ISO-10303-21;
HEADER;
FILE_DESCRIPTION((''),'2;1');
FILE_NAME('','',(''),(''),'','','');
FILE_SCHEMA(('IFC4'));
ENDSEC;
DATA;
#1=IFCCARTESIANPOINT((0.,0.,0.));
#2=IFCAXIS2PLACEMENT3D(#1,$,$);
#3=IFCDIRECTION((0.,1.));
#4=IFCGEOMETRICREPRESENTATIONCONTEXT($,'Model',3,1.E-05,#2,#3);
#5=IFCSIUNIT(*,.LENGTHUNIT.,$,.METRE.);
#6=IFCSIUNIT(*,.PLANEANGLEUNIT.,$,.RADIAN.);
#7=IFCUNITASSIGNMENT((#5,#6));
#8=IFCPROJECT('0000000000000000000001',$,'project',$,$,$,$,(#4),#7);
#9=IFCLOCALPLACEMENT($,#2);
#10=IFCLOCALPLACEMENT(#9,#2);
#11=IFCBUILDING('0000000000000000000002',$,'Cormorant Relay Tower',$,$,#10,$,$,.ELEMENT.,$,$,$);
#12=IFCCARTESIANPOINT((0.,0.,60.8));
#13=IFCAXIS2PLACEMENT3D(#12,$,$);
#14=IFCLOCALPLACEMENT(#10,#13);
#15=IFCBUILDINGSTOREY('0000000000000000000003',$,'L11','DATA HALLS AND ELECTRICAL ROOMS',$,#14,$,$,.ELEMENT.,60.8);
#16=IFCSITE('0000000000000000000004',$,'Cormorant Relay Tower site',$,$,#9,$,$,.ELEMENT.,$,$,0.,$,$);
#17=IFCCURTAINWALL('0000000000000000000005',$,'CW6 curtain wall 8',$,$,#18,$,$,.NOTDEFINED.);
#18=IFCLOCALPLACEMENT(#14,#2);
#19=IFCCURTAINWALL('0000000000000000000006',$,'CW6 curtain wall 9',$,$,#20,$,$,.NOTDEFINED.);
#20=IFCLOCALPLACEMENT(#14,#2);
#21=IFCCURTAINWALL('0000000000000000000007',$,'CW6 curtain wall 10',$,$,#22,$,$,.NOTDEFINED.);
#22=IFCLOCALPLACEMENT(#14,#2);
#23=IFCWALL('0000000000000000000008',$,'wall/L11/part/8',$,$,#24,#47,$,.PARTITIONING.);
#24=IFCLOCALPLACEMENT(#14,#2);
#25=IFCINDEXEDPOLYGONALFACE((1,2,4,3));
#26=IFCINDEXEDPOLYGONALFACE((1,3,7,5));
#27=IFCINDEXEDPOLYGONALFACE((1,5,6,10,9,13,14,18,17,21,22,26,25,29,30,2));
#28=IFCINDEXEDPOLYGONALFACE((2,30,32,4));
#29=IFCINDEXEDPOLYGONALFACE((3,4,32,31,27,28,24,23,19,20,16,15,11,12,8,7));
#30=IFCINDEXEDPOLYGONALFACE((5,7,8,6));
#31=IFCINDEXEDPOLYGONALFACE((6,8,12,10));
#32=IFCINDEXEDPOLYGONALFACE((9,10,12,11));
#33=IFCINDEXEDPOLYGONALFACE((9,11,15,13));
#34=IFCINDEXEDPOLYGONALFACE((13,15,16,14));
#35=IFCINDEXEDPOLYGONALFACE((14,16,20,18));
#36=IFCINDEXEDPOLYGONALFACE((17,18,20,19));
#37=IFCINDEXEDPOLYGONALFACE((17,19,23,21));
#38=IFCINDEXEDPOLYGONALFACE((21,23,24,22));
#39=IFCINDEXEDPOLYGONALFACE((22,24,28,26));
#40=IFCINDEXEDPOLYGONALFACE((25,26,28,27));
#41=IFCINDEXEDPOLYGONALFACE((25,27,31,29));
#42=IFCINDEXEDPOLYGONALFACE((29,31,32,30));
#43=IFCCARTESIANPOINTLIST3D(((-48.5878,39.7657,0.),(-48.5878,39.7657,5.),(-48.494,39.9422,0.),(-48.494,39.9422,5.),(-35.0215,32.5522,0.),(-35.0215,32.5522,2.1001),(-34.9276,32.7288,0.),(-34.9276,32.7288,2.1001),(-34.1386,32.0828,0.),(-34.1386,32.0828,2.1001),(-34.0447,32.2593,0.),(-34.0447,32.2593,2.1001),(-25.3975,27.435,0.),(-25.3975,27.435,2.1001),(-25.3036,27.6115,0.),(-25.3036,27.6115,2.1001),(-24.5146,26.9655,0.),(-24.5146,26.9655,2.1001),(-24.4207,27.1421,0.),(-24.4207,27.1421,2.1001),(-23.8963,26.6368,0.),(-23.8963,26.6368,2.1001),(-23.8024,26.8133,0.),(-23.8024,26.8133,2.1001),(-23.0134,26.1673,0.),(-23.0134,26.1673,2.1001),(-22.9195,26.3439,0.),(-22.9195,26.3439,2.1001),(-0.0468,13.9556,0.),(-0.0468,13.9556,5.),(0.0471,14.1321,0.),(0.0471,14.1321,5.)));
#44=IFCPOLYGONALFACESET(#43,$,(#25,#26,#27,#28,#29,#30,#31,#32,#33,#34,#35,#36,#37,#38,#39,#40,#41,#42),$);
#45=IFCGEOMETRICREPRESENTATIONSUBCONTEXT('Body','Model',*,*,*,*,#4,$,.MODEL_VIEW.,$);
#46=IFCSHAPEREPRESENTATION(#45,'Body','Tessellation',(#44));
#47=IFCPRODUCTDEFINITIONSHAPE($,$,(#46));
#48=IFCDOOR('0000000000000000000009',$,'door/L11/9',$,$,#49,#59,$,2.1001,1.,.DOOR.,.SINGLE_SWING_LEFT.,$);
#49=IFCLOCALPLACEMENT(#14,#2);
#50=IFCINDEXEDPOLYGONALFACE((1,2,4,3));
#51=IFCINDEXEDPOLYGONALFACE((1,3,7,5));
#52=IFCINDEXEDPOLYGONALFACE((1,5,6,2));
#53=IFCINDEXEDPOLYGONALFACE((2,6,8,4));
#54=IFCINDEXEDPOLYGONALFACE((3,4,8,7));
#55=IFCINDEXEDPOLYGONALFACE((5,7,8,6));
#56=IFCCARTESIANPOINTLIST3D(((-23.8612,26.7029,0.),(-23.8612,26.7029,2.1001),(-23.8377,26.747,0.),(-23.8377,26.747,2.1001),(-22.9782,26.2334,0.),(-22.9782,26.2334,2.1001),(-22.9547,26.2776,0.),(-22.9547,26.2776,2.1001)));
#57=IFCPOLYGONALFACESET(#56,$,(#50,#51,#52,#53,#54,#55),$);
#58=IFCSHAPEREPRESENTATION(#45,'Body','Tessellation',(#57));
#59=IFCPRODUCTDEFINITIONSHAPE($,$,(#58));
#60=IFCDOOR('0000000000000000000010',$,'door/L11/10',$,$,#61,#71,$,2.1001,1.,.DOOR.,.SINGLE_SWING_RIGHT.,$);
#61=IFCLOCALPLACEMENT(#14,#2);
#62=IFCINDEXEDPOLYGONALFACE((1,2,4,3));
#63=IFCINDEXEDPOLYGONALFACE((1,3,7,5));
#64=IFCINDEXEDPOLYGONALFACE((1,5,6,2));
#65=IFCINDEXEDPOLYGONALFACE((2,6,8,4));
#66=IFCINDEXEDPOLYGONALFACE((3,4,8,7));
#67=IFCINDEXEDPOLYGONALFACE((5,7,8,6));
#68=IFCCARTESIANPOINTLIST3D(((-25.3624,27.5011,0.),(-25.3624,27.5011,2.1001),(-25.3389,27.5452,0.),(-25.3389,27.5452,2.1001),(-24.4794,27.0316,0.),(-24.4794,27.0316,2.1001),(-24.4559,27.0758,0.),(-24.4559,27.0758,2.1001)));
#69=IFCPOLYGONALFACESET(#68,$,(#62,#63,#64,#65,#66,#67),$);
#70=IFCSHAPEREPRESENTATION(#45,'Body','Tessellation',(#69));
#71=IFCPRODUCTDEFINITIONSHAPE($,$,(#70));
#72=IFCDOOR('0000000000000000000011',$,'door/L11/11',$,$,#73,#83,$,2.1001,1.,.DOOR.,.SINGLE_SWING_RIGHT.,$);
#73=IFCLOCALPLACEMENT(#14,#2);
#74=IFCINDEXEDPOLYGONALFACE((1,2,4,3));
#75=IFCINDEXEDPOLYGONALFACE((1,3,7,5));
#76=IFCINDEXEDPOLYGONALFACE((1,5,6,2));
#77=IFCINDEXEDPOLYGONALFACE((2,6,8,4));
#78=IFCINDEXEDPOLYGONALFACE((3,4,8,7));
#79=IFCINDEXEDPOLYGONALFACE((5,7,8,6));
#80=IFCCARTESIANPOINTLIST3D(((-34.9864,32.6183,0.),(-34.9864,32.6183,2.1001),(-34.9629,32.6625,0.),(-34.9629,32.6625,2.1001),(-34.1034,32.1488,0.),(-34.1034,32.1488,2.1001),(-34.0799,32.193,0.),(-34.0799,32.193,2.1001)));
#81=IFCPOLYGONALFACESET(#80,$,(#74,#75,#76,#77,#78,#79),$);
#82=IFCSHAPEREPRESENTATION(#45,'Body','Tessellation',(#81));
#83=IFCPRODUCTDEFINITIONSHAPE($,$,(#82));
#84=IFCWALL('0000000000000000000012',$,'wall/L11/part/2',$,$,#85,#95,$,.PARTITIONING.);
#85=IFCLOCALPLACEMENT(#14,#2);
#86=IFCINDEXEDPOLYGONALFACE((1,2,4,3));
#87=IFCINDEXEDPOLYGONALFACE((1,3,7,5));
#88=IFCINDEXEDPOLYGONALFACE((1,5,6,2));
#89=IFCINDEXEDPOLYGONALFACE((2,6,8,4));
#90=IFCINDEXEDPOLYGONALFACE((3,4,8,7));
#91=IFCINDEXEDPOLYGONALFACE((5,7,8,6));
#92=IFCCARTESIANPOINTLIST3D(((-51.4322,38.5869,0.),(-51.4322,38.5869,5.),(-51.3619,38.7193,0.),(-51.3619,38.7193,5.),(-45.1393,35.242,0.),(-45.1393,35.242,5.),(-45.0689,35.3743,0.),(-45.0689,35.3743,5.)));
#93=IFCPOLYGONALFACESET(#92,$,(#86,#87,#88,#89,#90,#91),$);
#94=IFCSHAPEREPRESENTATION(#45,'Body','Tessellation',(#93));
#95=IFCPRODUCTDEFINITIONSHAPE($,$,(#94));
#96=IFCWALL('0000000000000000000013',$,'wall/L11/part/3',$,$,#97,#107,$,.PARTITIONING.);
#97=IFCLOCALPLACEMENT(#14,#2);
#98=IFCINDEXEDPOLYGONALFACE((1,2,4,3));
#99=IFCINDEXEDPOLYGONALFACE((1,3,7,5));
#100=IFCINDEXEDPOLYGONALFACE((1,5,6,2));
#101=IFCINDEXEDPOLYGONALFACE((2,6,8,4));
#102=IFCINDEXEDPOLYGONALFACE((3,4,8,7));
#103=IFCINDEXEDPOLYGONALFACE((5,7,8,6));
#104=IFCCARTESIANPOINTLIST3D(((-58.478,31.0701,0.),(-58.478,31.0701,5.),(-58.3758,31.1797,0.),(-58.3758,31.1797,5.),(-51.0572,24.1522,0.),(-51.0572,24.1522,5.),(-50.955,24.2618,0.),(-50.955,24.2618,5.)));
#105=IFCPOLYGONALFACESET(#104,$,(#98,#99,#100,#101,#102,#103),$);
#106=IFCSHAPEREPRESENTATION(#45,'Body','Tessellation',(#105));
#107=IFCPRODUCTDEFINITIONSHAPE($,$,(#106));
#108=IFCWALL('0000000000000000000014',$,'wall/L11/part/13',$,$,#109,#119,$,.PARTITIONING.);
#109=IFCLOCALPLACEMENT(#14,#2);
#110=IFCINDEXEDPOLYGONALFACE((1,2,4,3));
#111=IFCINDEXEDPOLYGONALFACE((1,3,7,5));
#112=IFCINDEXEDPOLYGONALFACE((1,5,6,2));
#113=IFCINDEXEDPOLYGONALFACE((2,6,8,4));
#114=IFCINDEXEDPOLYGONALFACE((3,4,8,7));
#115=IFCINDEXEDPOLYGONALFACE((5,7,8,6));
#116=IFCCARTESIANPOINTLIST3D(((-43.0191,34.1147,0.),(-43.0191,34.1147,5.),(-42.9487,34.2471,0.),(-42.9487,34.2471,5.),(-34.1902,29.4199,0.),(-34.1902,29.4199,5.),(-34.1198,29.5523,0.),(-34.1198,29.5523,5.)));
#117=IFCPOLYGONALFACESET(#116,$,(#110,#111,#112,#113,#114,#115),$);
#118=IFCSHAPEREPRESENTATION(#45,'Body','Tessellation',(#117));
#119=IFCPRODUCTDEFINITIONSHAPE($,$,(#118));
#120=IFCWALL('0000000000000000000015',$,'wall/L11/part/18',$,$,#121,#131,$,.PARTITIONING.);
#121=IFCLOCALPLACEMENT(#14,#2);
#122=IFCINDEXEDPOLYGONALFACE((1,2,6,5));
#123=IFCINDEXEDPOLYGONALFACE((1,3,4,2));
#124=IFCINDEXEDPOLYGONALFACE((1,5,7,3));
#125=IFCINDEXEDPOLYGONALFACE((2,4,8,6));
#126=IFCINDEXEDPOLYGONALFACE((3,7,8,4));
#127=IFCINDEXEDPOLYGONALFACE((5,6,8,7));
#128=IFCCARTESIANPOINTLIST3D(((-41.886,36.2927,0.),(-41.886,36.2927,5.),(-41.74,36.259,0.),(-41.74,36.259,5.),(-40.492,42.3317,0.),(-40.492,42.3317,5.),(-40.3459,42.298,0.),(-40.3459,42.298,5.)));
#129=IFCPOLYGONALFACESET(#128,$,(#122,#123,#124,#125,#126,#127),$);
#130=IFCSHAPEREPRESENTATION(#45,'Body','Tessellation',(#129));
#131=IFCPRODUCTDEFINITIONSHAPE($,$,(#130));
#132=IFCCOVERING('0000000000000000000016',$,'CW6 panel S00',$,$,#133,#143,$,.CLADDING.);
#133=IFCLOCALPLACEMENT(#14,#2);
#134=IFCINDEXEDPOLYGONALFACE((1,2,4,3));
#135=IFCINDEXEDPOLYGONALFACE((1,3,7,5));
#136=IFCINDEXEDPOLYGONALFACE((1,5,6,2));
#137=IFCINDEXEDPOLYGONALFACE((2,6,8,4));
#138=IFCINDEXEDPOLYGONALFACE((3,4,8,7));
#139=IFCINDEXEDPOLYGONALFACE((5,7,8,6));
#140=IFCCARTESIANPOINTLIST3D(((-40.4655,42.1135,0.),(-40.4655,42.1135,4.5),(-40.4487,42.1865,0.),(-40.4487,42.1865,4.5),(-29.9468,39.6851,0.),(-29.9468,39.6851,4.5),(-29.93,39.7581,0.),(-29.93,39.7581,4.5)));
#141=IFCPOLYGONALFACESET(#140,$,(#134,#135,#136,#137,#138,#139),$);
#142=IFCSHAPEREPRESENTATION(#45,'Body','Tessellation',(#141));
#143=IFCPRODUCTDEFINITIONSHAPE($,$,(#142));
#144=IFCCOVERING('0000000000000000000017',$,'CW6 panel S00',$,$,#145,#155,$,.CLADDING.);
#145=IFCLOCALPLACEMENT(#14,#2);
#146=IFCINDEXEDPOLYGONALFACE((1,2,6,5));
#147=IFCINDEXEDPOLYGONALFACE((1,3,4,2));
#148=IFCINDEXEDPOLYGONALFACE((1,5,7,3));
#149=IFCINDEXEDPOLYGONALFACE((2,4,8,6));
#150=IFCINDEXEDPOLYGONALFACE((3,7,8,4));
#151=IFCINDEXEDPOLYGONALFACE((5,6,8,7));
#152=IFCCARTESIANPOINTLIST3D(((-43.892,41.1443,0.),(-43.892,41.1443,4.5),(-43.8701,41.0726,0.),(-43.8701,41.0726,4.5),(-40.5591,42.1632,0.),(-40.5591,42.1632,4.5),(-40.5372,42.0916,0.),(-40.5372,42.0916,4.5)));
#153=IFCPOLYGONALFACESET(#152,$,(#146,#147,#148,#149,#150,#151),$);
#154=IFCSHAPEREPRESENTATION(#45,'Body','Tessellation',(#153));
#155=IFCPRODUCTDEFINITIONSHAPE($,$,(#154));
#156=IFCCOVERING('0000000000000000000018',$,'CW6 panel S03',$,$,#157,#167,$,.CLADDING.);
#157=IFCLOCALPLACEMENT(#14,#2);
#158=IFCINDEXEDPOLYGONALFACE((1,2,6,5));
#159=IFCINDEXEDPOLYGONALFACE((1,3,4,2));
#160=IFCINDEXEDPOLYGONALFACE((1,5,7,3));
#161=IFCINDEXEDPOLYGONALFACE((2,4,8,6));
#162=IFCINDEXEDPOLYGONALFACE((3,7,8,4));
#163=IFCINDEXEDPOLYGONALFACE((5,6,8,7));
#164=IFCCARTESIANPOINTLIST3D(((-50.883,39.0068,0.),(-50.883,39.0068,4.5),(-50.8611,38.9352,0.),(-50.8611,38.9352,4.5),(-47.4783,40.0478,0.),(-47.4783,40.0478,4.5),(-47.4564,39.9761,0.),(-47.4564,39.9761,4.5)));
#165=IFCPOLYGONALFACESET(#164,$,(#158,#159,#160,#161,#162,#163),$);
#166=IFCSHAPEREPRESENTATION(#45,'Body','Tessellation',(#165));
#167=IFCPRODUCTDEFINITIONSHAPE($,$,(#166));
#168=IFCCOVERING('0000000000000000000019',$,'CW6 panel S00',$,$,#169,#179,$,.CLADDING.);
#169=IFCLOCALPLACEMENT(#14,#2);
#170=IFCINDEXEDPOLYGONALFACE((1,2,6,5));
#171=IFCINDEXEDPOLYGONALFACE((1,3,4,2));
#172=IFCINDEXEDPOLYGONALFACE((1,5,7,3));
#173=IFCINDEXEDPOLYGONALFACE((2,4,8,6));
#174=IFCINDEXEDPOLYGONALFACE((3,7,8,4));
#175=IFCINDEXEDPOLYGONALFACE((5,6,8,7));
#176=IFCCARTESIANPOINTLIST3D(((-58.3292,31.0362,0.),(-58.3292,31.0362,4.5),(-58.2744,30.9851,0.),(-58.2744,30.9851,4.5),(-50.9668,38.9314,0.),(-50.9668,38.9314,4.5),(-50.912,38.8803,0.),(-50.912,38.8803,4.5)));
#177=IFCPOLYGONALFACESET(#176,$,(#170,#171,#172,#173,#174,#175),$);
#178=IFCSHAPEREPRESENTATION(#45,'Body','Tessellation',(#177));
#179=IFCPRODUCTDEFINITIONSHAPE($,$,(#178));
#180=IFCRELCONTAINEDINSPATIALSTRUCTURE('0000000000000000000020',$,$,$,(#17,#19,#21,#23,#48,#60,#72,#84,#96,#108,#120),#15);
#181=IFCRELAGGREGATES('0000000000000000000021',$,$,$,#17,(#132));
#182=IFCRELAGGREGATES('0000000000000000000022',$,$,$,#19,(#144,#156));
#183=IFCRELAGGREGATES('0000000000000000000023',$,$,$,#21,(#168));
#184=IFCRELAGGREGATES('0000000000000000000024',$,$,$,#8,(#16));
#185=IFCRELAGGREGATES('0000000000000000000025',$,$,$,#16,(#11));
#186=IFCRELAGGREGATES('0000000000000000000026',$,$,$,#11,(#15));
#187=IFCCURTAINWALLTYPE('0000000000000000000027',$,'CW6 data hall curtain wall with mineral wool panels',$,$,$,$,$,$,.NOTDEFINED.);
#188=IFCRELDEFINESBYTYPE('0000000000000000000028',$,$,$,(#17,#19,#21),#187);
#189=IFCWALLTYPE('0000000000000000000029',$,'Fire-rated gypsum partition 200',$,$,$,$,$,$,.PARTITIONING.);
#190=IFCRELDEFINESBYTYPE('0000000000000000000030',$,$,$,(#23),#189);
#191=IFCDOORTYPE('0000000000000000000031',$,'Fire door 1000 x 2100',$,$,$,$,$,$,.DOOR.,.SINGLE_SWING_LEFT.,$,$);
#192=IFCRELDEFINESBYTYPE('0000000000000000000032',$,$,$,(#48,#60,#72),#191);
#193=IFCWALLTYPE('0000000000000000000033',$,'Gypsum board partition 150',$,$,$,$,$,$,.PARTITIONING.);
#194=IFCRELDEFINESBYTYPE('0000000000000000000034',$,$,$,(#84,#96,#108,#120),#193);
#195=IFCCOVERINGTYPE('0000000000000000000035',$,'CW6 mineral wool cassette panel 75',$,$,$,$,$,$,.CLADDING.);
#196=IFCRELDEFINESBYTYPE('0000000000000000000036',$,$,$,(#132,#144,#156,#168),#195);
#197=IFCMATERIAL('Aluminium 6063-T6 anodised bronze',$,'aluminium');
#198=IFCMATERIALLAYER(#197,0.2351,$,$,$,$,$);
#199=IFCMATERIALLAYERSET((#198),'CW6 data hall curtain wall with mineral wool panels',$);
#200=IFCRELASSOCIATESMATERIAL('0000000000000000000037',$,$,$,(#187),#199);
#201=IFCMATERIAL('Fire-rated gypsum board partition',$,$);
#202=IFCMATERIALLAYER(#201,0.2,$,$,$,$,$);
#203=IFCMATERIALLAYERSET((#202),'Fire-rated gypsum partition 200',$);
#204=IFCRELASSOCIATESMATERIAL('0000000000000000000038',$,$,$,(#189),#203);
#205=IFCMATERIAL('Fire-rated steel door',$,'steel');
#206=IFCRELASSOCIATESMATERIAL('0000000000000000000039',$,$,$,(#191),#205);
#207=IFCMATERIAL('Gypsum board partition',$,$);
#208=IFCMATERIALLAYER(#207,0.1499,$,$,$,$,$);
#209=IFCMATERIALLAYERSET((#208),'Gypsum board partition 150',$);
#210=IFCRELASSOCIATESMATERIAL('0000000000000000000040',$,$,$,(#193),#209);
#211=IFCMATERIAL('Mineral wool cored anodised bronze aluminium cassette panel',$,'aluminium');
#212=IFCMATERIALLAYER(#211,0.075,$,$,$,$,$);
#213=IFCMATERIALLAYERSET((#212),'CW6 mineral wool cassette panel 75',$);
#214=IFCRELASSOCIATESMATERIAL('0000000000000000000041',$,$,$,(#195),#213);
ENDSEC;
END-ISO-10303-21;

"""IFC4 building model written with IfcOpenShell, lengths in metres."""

from ifc_helpers import new_model, si_unit, direction, frame, frame_2d, origin, origin_2d, place, context, subcontext, project, spatial, rectangle, extrude, material, layer, layer_set, type_object, element, fill, aggregate, save


model = new_model("IFC4")

# Units and contexts
model_context = context("Model", 3, precision=1e-05, world=origin(), true_north=direction((0.0, 1.0)))
body_context = subcontext(model_context, "Body", "Model", "MODEL_VIEW")
ifc_project = project(units=[si_unit("LENGTHUNIT", "METRE"), si_unit("PLANEANGLEUNIT", "RADIAN")], contexts=[model_context])

# Site, building, storey
site_placement = place(None, origin())
site = spatial("IfcSite", under=ifc_project, at=site_placement, Name="Cormorant Relay Tower site", CompositionType="ELEMENT", RefElevation=0.0)
building_placement = place(site_placement, origin())
building = spatial("IfcBuilding", under=site, at=building_placement, Name="Cormorant Relay Tower", CompositionType="ELEMENT")
storey_placement = place(building_placement, frame((0.0, 0.0, 60.8)))
storey = spatial("IfcBuildingStorey", under=building, at=storey_placement, Name="L11", Description="DATA HALLS AND ELECTRICAL ROOMS", CompositionType="ELEMENT", Elevation=60.8)

# Curtain wall
ifc_material_1 = material(Name="Aluminium 6063-T6 anodised bronze", Category="aluminium")
ifc_layer_1 = layer(ifc_material_1, 0.2351)
ifc_layer_set_1 = layer_set([ifc_layer_1], Name="CW6 data hall curtain wall with mineral wool panels")
curtain_wall_type = type_object("IfcCurtainWallType", Name="CW6 data hall curtain wall with mineral wool panels", PredefinedType="NOTDEFINED", material=ifc_layer_set_1)
curtain_wall_1_placement = place(storey_placement, origin())
curtain_wall_1 = element("IfcCurtainWall", 1, at=curtain_wall_1_placement, inside=storey, type_object=curtain_wall_type, Name="CW6 curtain wall 8", PredefinedType="NOTDEFINED")

# Curtain walls
curtain_wall_2_placement = place(storey_placement, origin())
curtain_wall_2 = element("IfcCurtainWall", 2, at=curtain_wall_2_placement, inside=storey, type_object=curtain_wall_type, Name="CW6 curtain wall 9", PredefinedType="NOTDEFINED")
curtain_wall_3_placement = place(storey_placement, origin())
curtain_wall_3 = element("IfcCurtainWall", 3, at=curtain_wall_3_placement, inside=storey, type_object=curtain_wall_type, Name="CW6 curtain wall 10", PredefinedType="NOTDEFINED")

# Wall, openings, doors
ifc_material_2 = material(Name="Fire-rated gypsum board partition")
ifc_layer_2 = layer(ifc_material_2, 0.2)
ifc_layer_set_2 = layer_set([ifc_layer_2], Name="Fire-rated gypsum partition 200")
wall_type_1 = type_object("IfcWallType", Name="Fire-rated gypsum partition 200", PredefinedType="PARTITIONING", material=ifc_layer_set_2)
wall_1_placement = place(storey_placement, frame((-48.541, 39.854, 0.0), z_axis=(0.0, 0.0, 1.0), x_axis=(0.882945, -0.469476, 0.0)))
wall_1 = element("IfcWall", 4, at=wall_1_placement, inside=storey, type_object=wall_type_1, Name="wall/L11/part/8", PredefinedType="PARTITIONING", context=body_context, shape_type="SweptSolid", body=[
    extrude(rectangle(XDim=54.9763, YDim=0.2, at=frame_2d((27.4883, 0.0))), origin(), (0.0, 0.0, 1.0), 5.0),
])
opening_1_placement = place(wall_1_placement, frame((27.9651, 0.0, 0.0)))
opening_1 = element("IfcOpeningElement", 5, at=opening_1_placement, cuts=wall_1, PredefinedType="OPENING", context=body_context, shape_type="SweptSolid", body=[
    extrude(rectangle(XDim=1.0, YDim=2.1001, at=frame_2d((0.5, 1.05))), frame((0.0, 0.1099, 0.0), z_axis=(0.0, -1.0, 0.0), x_axis=(1.0, 0.0, 0.0)), (0.0, 0.0, 1.0), 0.22),
])
opening_2_placement = place(wall_1_placement, frame((26.2649, 0.0, 0.0)))
opening_2 = element("IfcOpeningElement", 6, at=opening_2_placement, cuts=wall_1, PredefinedType="OPENING", context=body_context, shape_type="SweptSolid", body=[
    extrude(rectangle(XDim=1.0, YDim=2.1001, at=frame_2d((0.5, 1.05))), frame((0.0, 0.1099, 0.0), z_axis=(0.0, -1.0, 0.0), x_axis=(1.0, 0.0, 0.0)), (0.0, 0.0, 1.0), 0.22),
])
opening_3_placement = place(wall_1_placement, frame((15.365, 0.0, 0.0)))
opening_3 = element("IfcOpeningElement", 7, at=opening_3_placement, cuts=wall_1, PredefinedType="OPENING", context=body_context, shape_type="SweptSolid", body=[
    extrude(rectangle(XDim=1.0, YDim=2.1001, at=frame_2d((0.5, 1.05))), frame((0.0, 0.1099, 0.0), z_axis=(0.0, -1.0, 0.0), x_axis=(1.0, 0.0, 0.0)), (0.0, 0.0, 1.0), 0.22),
])
ifc_material_3 = material(Name="Fire-rated steel door", Category="steel")
door_type = type_object("IfcDoorType", Name="Fire door 1000 x 2100", OperationType="SINGLE_SWING_LEFT", PredefinedType="DOOR", material=ifc_material_3)
door_1_placement = place(opening_1_placement, origin())
door_1 = element("IfcDoor", 8, at=door_1_placement, inside=storey, type_object=door_type, Name="door/L11/9", OperationType="SINGLE_SWING_LEFT", OverallHeight=2.1001, OverallWidth=1.0, PredefinedType="DOOR", context=body_context, shape_type="SweptSolid", body=[
    extrude(rectangle(XDim=1.0, YDim=2.1001, at=frame_2d((0.5, 1.05))), frame((0.0, 0.0249, 0.0), z_axis=(0.0, -1.0, 0.0), x_axis=(1.0, 0.0, 0.0)), (0.0, 0.0, 1.0), 0.05),
])
fill(opening_1, door_1)
door_2_placement = place(opening_2_placement, origin())
door_2 = element("IfcDoor", 9, at=door_2_placement, inside=storey, type_object=door_type, Name="door/L11/10", OperationType="SINGLE_SWING_RIGHT", OverallHeight=2.1001, OverallWidth=1.0, PredefinedType="DOOR", context=body_context, shape_type="SweptSolid", body=[
    extrude(rectangle(XDim=1.0, YDim=2.1001, at=frame_2d((0.5, 1.05))), frame((0.0, 0.0249, 0.0), z_axis=(0.0, -1.0, 0.0), x_axis=(1.0, 0.0, 0.0)), (0.0, 0.0, 1.0), 0.05),
])
fill(opening_2, door_2)
door_3_placement = place(opening_3_placement, origin())
door_3 = element("IfcDoor", 10, at=door_3_placement, inside=storey, type_object=door_type, Name="door/L11/11", OperationType="SINGLE_SWING_RIGHT", OverallHeight=2.1001, OverallWidth=1.0, PredefinedType="DOOR", context=body_context, shape_type="SweptSolid", body=[
    extrude(rectangle(XDim=1.0, YDim=2.1001, at=frame_2d((0.5, 1.05))), frame((0.0, 0.0249, 0.0), z_axis=(0.0, -1.0, 0.0), x_axis=(1.0, 0.0, 0.0)), (0.0, 0.0, 1.0), 0.05),
])
fill(opening_3, door_3)

# Walls
ifc_material_4 = material(Name="Gypsum board partition")
ifc_layer_3 = layer(ifc_material_4, 0.1499)
ifc_layer_set_3 = layer_set([ifc_layer_3], Name="Gypsum board partition 150")
wall_type_2 = type_object("IfcWallType", Name="Gypsum board partition 150", PredefinedType="PARTITIONING", material=ifc_layer_set_3)
wall_2_placement = place(storey_placement, frame((-45.104, 35.3081, 0.0), z_axis=(0.0, 0.0, 1.0), x_axis=(-0.883009, 0.469356, 0.0)))
element("IfcWall", 11, at=wall_2_placement, inside=storey, type_object=wall_type_2, Name="wall/L11/part/2", PredefinedType="PARTITIONING", context=body_context, shape_type="SweptSolid", body=[
    extrude(rectangle(XDim=7.1267, YDim=0.1499, at=frame_2d((3.5635, 0.0))), origin(), (0.0, 0.0, 1.0), 5.0),
])
wall_3_placement = place(storey_placement, frame((-58.427, 31.125, 0.0), z_axis=(0.0, 0.0, 1.0), x_axis=(0.731458, -0.681886, 0.0)))
element("IfcWall", 12, at=wall_3_placement, inside=storey, type_object=wall_type_2, Name="wall/L11/part/3", PredefinedType="PARTITIONING", context=body_context, shape_type="SweptSolid", body=[
    extrude(rectangle(XDim=10.1453, YDim=0.1499, at=frame_2d((5.0728, 0.0))), origin(), (0.0, 0.0, 1.0), 5.0),
])
wall_4_placement = place(storey_placement, frame((-42.9839, 34.1809, 0.0), z_axis=(0.0, 0.0, 1.0), x_axis=(0.882929, -0.469506, 0.0)))
element("IfcWall", 13, at=wall_4_placement, inside=storey, type_object=wall_type_2, Name="wall/L11/part/13", PredefinedType="PARTITIONING", context=body_context, shape_type="SweptSolid", body=[
    extrude(rectangle(XDim=9.9995, YDim=0.1499, at=frame_2d((4.9998, 0.0))), origin(), (0.0, 0.0, 1.0), 5.0),
])
wall_5_placement = place(storey_placement, frame((-41.813, 36.2759, 0.0), z_axis=(0.0, 0.0, 1.0), x_axis=(0.224923, 0.974377, 0.0)))
element("IfcWall", 14, at=wall_5_placement, inside=storey, type_object=wall_type_2, Name="wall/L11/part/18", PredefinedType="PARTITIONING", context=body_context, shape_type="SweptSolid", body=[
    extrude(rectangle(XDim=6.1978, YDim=0.1499, at=frame_2d((3.0989, 0.0))), origin(), (0.0, 0.0, 1.0), 5.0),
])

# Coverings
ifc_material_5 = material(Name="Mineral wool cored anodised bronze aluminium cassette panel", Category="aluminium")
ifc_layer_4 = layer(ifc_material_5, 0.075)
ifc_layer_set_4 = layer_set([ifc_layer_4], Name="CW6 mineral wool cassette panel 75")
covering_type = type_object("IfcCoveringType", Name="CW6 mineral wool cassette panel 75", PredefinedType="CLADDING", material=ifc_layer_set_4)
covering_1_placement = place(storey_placement, frame((-35.1978, 40.9358, 0.0), z_axis=(0.0, 0.0, 1.0), x_axis=(-0.97437, 0.224951, 0.0)))
covering_1 = element("IfcCovering", 15, at=covering_1_placement, type_object=covering_type, Name="CW6 panel S00", PredefinedType="CLADDING", context=body_context, shape_type="SweptSolid", body=[
    extrude(rectangle(XDim=10.7954, YDim=0.075, at=origin_2d()), origin(), (0.0, 0.0, 1.0), 4.5),
])
aggregate(curtain_wall_1, [covering_1])
covering_2_placement = place(storey_placement, frame((-42.2146, 41.6179, 0.0), z_axis=(0.0, 0.0, 1.0), x_axis=(-0.956305, -0.292372, 0.0)))
covering_2 = element("IfcCovering", 16, at=covering_2_placement, type_object=covering_type, Name="CW6 panel S00", PredefinedType="CLADDING", context=body_context, shape_type="SweptSolid", body=[
    extrude(rectangle(XDim=3.4851, YDim=0.075, at=origin_2d()), origin(), (0.0, 0.0, 1.0), 4.5),
])
covering_3_placement = place(storey_placement, frame((-49.1697, 39.4915, 0.0), z_axis=(0.0, 0.0, 1.0), x_axis=(-0.956305, -0.292372, 0.0)))
covering_3 = element("IfcCovering", 17, at=covering_3_placement, type_object=covering_type, Name="CW6 panel S03", PredefinedType="CLADDING", context=body_context, shape_type="SweptSolid", body=[
    extrude(rectangle(XDim=3.5603, YDim=0.075, at=origin_2d()), origin(), (0.0, 0.0, 1.0), 4.5),
])
aggregate(curtain_wall_2, [covering_2, covering_3])
covering_4_placement = place(storey_placement, frame((-54.6206, 34.9583, 0.0), z_axis=(0.0, 0.0, 1.0), x_axis=(-0.681998, -0.731354, 0.0)))
covering_4 = element("IfcCovering", 18, at=covering_4_placement, type_object=covering_type, Name="CW6 panel S00", PredefinedType="CLADDING", context=body_context, shape_type="SweptSolid", body=[
    extrude(rectangle(XDim=10.7954, YDim=0.075, at=origin_2d()), origin(), (0.0, 0.0, 1.0), 4.5),
])
aggregate(curtain_wall_3, [covering_4])

save(model, "model.ifc")
